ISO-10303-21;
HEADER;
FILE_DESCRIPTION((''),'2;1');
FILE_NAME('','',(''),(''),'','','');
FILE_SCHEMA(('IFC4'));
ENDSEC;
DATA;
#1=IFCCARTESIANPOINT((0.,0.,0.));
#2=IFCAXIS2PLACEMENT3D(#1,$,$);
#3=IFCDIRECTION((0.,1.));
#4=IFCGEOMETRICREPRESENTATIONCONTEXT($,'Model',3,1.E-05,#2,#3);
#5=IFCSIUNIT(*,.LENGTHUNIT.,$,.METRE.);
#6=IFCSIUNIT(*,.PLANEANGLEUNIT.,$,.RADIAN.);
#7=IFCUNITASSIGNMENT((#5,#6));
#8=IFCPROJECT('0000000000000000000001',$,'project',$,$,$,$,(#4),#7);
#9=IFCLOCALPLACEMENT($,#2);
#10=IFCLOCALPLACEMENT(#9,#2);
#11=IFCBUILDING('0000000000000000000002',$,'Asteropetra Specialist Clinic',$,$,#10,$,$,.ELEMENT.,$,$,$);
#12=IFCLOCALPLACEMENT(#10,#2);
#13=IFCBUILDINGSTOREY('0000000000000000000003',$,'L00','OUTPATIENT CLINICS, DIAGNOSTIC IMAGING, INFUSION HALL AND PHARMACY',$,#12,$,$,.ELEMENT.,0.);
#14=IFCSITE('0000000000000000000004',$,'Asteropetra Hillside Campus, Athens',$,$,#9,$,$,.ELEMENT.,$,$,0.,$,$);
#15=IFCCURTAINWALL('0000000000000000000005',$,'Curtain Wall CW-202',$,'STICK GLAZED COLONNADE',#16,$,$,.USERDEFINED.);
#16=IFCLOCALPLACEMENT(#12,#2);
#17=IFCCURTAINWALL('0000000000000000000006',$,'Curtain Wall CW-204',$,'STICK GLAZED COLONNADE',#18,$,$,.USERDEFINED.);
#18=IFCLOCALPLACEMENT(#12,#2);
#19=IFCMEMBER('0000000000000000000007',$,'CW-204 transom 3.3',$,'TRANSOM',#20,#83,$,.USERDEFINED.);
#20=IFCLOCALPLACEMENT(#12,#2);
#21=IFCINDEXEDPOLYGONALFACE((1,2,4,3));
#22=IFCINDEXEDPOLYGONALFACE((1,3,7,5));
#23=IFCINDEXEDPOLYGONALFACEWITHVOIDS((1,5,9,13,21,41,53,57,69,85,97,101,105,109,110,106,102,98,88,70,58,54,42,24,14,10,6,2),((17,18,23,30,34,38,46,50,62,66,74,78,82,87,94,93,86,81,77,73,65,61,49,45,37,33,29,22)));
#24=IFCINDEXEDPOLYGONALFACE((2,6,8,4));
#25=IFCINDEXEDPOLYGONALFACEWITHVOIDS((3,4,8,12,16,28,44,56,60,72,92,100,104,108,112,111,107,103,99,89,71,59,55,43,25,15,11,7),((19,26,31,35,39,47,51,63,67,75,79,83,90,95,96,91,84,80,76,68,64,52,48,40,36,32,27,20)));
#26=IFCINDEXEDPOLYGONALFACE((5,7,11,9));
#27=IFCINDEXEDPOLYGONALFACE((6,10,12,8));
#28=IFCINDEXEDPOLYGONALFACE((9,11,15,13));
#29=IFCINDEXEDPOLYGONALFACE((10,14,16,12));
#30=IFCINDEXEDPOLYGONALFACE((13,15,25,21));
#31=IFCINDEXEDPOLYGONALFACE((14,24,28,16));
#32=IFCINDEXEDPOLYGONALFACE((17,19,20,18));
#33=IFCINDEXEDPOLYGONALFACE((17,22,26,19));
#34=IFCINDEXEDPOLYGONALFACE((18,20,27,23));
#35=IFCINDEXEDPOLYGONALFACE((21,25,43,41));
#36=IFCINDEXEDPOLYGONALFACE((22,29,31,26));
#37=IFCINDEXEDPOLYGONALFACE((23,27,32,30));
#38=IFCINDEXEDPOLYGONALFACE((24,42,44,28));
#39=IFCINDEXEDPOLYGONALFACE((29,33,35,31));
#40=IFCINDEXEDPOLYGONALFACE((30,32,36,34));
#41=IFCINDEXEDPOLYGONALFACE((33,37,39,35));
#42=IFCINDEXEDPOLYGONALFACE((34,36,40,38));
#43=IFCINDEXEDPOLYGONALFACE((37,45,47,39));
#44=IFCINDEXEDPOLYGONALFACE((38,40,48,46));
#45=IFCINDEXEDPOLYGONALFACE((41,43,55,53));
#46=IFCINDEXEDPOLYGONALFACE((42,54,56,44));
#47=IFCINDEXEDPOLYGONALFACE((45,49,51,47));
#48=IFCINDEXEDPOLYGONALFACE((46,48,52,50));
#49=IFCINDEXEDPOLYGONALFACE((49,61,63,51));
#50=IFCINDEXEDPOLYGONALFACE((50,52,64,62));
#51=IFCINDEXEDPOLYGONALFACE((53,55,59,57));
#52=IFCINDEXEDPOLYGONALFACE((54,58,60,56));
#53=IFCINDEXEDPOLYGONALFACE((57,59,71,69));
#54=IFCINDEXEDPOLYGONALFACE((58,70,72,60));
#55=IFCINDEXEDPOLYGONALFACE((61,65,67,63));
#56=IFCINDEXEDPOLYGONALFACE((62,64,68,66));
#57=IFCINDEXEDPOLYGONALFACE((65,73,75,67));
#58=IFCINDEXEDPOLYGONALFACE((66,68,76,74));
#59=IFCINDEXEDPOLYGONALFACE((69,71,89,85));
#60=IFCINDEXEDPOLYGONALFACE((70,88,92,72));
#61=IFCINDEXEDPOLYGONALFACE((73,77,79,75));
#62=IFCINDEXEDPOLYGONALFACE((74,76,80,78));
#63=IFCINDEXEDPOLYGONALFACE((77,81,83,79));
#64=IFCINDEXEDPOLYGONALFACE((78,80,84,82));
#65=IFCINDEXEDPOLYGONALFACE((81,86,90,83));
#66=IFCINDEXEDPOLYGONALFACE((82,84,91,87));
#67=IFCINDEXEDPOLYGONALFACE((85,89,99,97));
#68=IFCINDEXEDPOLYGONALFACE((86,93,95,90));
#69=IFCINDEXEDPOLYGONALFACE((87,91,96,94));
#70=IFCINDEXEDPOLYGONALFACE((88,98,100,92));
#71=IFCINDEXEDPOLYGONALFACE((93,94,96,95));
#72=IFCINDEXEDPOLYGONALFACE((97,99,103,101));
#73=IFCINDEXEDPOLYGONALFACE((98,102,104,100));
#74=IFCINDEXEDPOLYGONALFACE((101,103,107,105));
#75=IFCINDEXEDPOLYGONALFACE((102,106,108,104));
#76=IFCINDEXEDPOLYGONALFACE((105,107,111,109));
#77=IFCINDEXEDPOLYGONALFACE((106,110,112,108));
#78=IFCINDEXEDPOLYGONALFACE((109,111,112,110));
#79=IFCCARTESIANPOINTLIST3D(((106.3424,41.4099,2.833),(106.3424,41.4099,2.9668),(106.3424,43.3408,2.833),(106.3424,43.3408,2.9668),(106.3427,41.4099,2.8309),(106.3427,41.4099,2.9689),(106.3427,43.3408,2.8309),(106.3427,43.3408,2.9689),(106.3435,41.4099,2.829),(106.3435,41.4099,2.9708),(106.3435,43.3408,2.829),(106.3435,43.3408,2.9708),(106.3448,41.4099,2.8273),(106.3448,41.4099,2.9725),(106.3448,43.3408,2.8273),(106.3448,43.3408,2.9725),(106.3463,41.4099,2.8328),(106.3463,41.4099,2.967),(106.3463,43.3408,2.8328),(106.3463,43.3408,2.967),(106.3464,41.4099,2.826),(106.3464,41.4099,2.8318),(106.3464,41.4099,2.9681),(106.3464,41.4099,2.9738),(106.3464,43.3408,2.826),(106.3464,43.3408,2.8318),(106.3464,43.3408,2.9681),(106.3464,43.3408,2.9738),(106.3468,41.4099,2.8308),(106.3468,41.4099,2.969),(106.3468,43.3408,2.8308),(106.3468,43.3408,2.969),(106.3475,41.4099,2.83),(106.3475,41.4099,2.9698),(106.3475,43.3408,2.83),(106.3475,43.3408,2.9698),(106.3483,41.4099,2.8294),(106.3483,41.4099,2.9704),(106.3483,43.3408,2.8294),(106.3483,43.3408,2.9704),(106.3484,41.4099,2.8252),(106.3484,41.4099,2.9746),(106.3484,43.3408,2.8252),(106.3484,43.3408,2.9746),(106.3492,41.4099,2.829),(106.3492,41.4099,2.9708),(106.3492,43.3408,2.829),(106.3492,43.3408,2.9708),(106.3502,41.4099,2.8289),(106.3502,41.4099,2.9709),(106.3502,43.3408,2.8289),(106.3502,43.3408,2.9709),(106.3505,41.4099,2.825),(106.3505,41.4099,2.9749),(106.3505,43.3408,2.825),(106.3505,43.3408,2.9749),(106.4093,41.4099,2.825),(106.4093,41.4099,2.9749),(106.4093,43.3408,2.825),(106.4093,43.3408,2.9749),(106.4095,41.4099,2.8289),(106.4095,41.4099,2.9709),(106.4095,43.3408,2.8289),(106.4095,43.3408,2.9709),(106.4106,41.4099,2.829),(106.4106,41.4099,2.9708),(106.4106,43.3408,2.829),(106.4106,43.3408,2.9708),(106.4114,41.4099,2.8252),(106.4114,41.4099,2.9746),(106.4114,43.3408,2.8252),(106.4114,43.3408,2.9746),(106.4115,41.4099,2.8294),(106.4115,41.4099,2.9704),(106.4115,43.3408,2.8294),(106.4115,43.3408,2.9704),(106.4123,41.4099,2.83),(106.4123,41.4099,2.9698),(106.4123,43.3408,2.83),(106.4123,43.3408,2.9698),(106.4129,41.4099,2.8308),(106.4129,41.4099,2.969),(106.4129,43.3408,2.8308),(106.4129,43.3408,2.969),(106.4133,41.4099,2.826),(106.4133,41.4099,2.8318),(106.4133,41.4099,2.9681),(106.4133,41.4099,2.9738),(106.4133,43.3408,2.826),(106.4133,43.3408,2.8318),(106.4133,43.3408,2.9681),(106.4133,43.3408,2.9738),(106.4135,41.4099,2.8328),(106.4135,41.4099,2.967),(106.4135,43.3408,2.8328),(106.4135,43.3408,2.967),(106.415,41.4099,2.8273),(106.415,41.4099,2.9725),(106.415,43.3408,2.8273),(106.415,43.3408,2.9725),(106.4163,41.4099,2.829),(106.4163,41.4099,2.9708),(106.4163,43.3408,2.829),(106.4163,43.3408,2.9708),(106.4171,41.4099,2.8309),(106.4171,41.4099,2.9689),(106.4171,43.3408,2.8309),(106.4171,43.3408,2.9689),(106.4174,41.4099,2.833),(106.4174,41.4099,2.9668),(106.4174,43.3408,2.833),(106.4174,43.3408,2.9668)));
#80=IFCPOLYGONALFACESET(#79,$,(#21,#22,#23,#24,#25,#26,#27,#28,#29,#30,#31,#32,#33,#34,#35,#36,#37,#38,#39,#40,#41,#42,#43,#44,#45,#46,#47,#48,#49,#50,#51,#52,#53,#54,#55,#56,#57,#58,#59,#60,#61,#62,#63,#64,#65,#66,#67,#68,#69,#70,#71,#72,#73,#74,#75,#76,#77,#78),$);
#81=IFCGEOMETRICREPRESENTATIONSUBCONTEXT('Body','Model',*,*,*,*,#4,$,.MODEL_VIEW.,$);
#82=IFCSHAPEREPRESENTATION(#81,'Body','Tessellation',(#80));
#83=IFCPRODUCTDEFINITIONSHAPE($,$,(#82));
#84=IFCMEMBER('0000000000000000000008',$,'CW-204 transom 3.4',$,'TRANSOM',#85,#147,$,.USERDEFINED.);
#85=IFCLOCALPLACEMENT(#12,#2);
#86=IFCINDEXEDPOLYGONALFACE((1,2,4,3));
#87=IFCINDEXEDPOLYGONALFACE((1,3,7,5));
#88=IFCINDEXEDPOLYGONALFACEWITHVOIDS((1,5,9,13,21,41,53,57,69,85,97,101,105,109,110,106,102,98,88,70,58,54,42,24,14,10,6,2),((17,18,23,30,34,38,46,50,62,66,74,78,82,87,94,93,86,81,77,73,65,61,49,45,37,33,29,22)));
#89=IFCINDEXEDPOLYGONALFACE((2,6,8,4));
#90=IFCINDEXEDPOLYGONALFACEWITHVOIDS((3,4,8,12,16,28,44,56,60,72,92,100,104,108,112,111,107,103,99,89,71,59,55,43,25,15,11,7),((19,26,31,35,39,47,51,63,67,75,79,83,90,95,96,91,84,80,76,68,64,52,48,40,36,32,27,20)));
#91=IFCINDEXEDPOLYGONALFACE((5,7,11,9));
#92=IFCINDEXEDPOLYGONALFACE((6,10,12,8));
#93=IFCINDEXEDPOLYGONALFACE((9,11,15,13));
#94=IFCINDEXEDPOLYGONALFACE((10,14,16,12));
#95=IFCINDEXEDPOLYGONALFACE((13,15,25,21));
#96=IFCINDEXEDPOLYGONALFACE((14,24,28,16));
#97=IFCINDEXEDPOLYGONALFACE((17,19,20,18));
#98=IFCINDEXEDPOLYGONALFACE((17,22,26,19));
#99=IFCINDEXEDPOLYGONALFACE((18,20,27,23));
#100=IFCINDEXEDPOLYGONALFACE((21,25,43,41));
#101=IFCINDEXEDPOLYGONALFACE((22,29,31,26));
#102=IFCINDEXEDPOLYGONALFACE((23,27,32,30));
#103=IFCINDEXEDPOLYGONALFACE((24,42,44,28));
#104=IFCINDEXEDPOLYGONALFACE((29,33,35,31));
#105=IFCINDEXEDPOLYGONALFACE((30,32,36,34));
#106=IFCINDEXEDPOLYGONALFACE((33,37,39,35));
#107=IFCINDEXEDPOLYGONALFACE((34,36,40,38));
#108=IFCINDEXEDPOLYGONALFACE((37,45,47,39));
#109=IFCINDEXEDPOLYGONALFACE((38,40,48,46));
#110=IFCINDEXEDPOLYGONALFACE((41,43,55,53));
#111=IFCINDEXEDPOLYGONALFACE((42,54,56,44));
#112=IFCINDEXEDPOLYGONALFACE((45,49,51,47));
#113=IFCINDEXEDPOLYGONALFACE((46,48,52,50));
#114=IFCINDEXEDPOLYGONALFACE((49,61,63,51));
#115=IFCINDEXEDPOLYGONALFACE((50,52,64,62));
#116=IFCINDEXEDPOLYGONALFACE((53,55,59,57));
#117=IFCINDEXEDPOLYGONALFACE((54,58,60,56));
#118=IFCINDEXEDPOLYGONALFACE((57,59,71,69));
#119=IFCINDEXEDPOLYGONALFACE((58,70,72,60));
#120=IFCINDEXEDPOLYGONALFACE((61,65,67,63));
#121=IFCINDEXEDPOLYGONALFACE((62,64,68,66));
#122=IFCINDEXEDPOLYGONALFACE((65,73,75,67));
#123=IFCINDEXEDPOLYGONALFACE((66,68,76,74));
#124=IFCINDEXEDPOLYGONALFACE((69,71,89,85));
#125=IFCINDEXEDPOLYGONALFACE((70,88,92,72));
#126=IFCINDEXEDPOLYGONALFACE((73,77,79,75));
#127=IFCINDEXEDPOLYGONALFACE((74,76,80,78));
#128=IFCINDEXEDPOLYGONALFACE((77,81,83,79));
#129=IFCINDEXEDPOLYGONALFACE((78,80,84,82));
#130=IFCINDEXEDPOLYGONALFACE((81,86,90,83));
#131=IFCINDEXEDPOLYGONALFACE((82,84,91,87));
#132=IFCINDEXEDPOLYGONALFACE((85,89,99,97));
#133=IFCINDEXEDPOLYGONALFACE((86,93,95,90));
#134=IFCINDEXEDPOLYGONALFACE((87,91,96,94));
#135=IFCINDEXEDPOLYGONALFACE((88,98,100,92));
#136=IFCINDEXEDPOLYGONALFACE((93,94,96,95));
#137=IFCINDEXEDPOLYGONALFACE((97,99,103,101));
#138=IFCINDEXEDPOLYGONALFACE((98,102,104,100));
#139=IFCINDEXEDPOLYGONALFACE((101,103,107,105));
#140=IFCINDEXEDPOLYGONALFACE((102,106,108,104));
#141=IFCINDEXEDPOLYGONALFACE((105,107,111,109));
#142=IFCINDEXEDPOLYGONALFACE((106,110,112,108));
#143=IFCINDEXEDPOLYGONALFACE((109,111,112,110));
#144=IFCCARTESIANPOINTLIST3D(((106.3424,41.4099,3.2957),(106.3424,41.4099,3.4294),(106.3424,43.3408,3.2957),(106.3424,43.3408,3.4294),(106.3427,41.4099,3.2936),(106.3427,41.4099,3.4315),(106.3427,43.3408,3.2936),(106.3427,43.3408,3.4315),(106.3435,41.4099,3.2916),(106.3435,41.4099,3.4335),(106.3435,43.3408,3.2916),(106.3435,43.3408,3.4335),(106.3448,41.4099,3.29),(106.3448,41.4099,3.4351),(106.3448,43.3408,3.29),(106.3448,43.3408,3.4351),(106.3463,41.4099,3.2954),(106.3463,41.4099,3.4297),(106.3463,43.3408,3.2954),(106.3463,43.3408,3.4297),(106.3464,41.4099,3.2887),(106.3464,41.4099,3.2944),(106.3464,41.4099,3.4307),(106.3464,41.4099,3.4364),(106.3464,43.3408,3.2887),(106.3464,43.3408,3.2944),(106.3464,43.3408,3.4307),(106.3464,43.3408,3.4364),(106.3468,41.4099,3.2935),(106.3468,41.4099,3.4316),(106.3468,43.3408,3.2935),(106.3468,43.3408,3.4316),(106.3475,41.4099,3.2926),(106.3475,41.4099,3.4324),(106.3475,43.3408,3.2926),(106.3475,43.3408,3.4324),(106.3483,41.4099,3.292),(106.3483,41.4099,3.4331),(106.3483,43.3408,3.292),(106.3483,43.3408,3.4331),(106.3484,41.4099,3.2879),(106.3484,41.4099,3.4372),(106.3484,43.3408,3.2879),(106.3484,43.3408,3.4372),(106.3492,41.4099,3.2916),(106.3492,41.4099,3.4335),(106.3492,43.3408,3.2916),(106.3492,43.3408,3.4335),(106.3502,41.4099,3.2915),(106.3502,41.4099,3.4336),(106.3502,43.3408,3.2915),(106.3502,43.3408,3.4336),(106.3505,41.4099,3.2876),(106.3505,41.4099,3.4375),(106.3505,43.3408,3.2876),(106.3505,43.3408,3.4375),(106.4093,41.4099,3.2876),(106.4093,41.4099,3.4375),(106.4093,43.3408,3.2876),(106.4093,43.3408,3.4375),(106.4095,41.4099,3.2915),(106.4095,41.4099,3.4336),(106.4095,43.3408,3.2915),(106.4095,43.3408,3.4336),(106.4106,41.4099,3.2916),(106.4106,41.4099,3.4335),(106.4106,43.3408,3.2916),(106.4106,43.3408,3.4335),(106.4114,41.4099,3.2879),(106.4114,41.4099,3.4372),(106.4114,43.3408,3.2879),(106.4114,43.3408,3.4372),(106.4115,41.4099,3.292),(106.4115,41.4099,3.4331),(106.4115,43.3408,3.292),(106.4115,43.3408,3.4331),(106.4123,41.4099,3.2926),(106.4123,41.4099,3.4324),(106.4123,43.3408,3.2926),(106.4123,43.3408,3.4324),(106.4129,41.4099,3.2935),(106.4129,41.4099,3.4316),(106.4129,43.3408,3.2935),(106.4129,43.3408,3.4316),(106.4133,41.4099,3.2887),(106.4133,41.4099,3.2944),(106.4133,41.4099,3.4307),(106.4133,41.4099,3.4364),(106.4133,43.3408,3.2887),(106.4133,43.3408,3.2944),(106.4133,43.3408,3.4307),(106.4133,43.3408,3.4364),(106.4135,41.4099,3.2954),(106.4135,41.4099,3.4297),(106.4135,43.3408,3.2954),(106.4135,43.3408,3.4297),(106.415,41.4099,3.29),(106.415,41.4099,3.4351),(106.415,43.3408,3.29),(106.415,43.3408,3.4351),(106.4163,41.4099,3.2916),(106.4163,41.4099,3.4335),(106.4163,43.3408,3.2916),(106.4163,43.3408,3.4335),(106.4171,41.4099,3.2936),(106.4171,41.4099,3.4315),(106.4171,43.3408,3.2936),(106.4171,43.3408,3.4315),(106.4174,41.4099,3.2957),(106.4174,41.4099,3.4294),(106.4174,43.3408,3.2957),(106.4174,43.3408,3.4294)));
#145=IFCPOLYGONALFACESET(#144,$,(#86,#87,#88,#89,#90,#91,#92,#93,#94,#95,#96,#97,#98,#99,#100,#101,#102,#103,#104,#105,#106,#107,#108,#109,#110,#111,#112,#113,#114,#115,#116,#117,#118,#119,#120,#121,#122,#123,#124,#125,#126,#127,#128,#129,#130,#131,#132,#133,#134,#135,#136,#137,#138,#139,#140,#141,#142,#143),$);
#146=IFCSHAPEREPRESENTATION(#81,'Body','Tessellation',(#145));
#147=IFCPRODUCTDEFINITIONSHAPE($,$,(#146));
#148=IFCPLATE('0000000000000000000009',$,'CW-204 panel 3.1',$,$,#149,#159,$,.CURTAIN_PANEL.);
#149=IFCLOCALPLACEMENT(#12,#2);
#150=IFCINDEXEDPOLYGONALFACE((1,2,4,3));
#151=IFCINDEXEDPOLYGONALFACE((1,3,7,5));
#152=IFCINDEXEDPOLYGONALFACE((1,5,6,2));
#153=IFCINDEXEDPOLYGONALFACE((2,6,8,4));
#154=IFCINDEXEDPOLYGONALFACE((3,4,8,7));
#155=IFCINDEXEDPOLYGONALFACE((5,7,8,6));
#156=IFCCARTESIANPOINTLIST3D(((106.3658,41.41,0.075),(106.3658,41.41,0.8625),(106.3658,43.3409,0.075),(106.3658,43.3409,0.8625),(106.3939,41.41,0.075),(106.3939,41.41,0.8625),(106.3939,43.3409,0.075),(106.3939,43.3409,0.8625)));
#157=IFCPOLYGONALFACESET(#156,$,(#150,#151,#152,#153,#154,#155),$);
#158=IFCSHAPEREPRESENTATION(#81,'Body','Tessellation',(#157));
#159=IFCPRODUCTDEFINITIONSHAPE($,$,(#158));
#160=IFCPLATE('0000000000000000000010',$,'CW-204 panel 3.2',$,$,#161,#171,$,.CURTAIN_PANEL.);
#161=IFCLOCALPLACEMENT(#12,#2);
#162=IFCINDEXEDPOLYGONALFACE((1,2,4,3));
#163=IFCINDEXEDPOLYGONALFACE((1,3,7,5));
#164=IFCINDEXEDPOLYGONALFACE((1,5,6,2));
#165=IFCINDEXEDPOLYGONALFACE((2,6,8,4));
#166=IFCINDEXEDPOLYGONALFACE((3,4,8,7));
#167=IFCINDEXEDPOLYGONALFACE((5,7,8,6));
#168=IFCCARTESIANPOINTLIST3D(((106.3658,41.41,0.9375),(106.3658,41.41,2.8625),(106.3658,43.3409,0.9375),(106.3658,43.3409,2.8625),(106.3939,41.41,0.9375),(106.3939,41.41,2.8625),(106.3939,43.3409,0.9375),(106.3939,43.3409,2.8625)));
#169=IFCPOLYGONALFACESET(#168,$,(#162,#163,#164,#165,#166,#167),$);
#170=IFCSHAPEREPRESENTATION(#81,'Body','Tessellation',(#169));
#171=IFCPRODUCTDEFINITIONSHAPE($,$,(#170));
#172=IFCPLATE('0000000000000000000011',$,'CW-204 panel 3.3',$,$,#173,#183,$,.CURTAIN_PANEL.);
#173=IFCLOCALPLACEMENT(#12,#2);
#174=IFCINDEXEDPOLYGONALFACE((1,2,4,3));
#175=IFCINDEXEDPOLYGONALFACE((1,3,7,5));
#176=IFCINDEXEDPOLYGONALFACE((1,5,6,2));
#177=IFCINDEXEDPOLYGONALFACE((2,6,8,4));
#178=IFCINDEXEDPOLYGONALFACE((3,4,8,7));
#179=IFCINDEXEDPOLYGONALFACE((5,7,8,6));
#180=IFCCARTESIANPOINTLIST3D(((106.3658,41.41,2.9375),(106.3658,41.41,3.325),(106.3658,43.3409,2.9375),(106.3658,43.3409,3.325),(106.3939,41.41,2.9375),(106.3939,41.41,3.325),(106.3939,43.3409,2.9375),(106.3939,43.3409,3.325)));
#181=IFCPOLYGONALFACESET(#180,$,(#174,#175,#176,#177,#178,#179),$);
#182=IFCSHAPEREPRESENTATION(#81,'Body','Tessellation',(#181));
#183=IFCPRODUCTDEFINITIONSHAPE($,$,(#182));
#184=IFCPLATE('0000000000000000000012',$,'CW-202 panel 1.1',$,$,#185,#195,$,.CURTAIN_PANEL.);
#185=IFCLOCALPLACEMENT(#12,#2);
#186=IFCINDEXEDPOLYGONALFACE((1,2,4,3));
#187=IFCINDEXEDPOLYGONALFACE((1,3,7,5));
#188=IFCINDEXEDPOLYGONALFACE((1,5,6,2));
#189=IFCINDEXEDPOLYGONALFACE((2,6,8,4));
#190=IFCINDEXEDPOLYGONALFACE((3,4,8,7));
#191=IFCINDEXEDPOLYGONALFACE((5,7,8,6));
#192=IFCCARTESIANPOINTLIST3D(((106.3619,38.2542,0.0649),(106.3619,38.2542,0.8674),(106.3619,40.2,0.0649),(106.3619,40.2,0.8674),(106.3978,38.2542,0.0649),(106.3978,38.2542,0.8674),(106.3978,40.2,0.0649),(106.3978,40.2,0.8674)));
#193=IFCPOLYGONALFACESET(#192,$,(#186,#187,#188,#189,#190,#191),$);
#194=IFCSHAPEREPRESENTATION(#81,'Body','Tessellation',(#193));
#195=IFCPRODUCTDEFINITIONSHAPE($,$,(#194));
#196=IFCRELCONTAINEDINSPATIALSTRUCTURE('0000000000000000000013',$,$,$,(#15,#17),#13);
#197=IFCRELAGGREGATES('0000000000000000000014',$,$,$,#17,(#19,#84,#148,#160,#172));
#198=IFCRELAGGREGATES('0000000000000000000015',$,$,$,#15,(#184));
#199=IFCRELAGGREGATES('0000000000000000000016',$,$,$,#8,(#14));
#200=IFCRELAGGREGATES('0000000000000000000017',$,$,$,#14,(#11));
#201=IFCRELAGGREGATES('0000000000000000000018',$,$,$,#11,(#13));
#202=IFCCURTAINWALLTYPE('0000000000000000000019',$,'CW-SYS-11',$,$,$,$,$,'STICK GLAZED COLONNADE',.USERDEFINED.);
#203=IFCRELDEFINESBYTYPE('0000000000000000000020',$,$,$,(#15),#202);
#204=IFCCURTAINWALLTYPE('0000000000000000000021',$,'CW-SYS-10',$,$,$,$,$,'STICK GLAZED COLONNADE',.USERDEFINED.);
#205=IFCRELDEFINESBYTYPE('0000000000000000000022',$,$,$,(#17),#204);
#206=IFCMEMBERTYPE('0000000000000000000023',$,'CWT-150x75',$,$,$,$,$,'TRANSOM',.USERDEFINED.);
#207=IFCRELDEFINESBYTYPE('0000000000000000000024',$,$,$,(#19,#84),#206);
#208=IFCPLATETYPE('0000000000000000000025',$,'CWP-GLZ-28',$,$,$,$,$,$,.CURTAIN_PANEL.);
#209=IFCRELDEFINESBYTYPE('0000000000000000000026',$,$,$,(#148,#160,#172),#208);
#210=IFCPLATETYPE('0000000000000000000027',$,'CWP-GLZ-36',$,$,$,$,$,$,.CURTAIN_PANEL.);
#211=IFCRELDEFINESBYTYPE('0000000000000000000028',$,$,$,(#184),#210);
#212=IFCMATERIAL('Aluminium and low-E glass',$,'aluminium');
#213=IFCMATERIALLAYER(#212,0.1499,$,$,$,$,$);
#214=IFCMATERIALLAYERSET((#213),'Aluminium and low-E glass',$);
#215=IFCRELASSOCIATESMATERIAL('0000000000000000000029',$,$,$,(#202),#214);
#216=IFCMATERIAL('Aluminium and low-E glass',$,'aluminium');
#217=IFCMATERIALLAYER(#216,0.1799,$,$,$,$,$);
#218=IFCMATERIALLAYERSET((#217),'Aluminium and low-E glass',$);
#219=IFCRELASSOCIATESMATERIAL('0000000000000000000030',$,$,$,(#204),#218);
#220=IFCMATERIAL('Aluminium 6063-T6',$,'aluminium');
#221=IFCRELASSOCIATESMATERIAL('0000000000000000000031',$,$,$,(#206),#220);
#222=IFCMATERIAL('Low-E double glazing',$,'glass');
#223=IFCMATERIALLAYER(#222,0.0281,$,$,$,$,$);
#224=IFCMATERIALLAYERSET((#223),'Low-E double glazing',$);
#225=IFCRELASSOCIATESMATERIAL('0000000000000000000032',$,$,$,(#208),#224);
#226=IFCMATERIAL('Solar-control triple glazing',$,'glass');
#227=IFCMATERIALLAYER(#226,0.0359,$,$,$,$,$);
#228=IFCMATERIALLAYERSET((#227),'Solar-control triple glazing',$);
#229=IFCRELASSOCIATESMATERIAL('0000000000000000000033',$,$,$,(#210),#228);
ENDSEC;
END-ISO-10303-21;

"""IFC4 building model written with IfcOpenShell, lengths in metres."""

from ifc_helpers import new_model, si_unit, direction, frame, origin, origin_2d, place, context, subcontext, project, spatial, rectangle, hollow_rectangle, extrude, material, layer, layer_set, material_profile, profile_set, type_object, element, aggregate, save


model = new_model("IFC4")

# Units and contexts
model_context = context("Model", 3, precision=1e-05, world=origin(), true_north=direction((0.0, 1.0)))
body_context = subcontext(model_context, "Body", "Model", "MODEL_VIEW")
ifc_project = project(units=[si_unit("LENGTHUNIT", "METRE"), si_unit("PLANEANGLEUNIT", "RADIAN")], contexts=[model_context])

# Site, building, storey
site_placement = place(None, origin())
site = spatial("IfcSite", under=ifc_project, at=site_placement, Name="Asteropetra Hillside Campus, Athens", CompositionType="ELEMENT", RefElevation=0.0)
building_placement = place(site_placement, origin())
building = spatial("IfcBuilding", under=site, at=building_placement, Name="Asteropetra Specialist Clinic", CompositionType="ELEMENT")
storey_placement = place(building_placement, origin())
storey = spatial("IfcBuildingStorey", under=building, at=storey_placement, Name="L00", Description="OUTPATIENT CLINICS, DIAGNOSTIC IMAGING, INFUSION HALL AND PHARMACY", CompositionType="ELEMENT", Elevation=0.0)

# Curtain wall
ifc_material_1 = material(Name="Aluminium and low-E glass", Category="aluminium")
ifc_layer_1 = layer(ifc_material_1, 0.1499)
ifc_layer_set_1 = layer_set([ifc_layer_1], Name="Aluminium and low-E glass")
curtain_wall_type_1 = type_object("IfcCurtainWallType", Name="CW-SYS-11", ElementType="STICK GLAZED COLONNADE", PredefinedType="USERDEFINED", material=ifc_layer_set_1)
curtain_wall_1_placement = place(storey_placement, origin())
curtain_wall_1 = element("IfcCurtainWall", 1, at=curtain_wall_1_placement, inside=storey, type_object=curtain_wall_type_1, Name="Curtain Wall CW-202", ObjectType="STICK GLAZED COLONNADE", PredefinedType="USERDEFINED")

# Curtain wall
ifc_material_2 = material(Name="Aluminium and low-E glass", Category="aluminium")
ifc_layer_2 = layer(ifc_material_2, 0.1799)
ifc_layer_set_2 = layer_set([ifc_layer_2], Name="Aluminium and low-E glass")
curtain_wall_type_2 = type_object("IfcCurtainWallType", Name="CW-SYS-10", ElementType="STICK GLAZED COLONNADE", PredefinedType="USERDEFINED", material=ifc_layer_set_2)
curtain_wall_2_placement = place(storey_placement, origin())
curtain_wall_2 = element("IfcCurtainWall", 2, at=curtain_wall_2_placement, inside=storey, type_object=curtain_wall_type_2, Name="Curtain Wall CW-204", ObjectType="STICK GLAZED COLONNADE", PredefinedType="USERDEFINED")

# Members
ifc_material_3 = material(Name="Aluminium 6063-T6", Category="aluminium")
ifc_material_profile_1 = material_profile(ifc_material_3, hollow_rectangle(XDim=0.075, YDim=0.1499, WallThickness=0.0039, InnerFilletRadius=0.0039, OuterFilletRadius=0.0081, at=origin_2d()), Name="TRN 150x75x4.0")
ifc_profile_set_1 = profile_set([ifc_material_profile_1], Name="Aluminium 6063-T6")
member_type_1 = type_object("IfcMemberType", Name="CWT-150x75", ElementType="TRANSOM", PredefinedType="USERDEFINED", material=ifc_profile_set_1)
member_1_placement = place(storey_placement, frame((106.3799, 43.3408, 2.8999), z_axis=(0.0, -1.0, 0.0), x_axis=(1.0, 0.0, 0.0)))
member_1 = element("IfcMember", 3, at=member_1_placement, type_object=member_type_1, Name="CW-204 transom 3.3", ObjectType="TRANSOM", PredefinedType="USERDEFINED", context=body_context, shape_type="SweptSolid", body=[
    extrude(hollow_rectangle(XDim=0.075, YDim=0.1499, WallThickness=0.0039, InnerFilletRadius=0.0039, OuterFilletRadius=0.0081, at=origin_2d()), origin(), (0.0, 0.0, 1.0), 1.9309),
])
member_2_placement = place(storey_placement, frame((106.3799, 43.3408, 3.3625), z_axis=(0.0, -1.0, 0.0), x_axis=(1.0, 0.0, 0.0)))
member_2 = element("IfcMember", 4, at=member_2_placement, type_object=member_type_1, Name="CW-204 transom 3.4", ObjectType="TRANSOM", PredefinedType="USERDEFINED", context=body_context, shape_type="SweptSolid", body=[
    extrude(hollow_rectangle(XDim=0.075, YDim=0.1499, WallThickness=0.0039, InnerFilletRadius=0.0039, OuterFilletRadius=0.0081, at=origin_2d()), origin(), (0.0, 0.0, 1.0), 1.9309),
])

# Plates
ifc_material_4 = material(Name="Low-E double glazing", Category="glass")
ifc_layer_3 = layer(ifc_material_4, 0.0281)
ifc_layer_set_3 = layer_set([ifc_layer_3], Name="Low-E double glazing")
plate_type_1 = type_object("IfcPlateType", Name="CWP-GLZ-28", PredefinedType="CURTAIN_PANEL", material=ifc_layer_set_3)
plate_1_placement = place(storey_placement, frame((106.3799, 42.3755, 0.075), z_axis=(0.0, 0.0, 1.0), x_axis=(0.0, -1.0, 0.0)))
plate_1 = element("IfcPlate", 5, at=plate_1_placement, type_object=plate_type_1, Name="CW-204 panel 3.1", PredefinedType="CURTAIN_PANEL", context=body_context, shape_type="SweptSolid", body=[
    extrude(rectangle(XDim=1.9309, YDim=0.0281, at=origin_2d()), origin(), (0.0, 0.0, 1.0), 0.7876),
])
plate_2_placement = place(storey_placement, frame((106.3799, 42.3755, 0.9375), z_axis=(0.0, 0.0, 1.0), x_axis=(0.0, -1.0, 0.0)))
plate_2 = element("IfcPlate", 6, at=plate_2_placement, type_object=plate_type_1, Name="CW-204 panel 3.2", PredefinedType="CURTAIN_PANEL", context=body_context, shape_type="SweptSolid", body=[
    extrude(rectangle(XDim=1.9309, YDim=0.0281, at=origin_2d()), origin(), (0.0, 0.0, 1.0), 1.925),
])
plate_3_placement = place(storey_placement, frame((106.3799, 42.3755, 2.9375), z_axis=(0.0, 0.0, 1.0), x_axis=(0.0, -1.0, 0.0)))
plate_3 = element("IfcPlate", 7, at=plate_3_placement, type_object=plate_type_1, Name="CW-204 panel 3.3", PredefinedType="CURTAIN_PANEL", context=body_context, shape_type="SweptSolid", body=[
    extrude(rectangle(XDim=1.9309, YDim=0.0281, at=origin_2d()), origin(), (0.0, 0.0, 1.0), 0.3875),
])
aggregate(curtain_wall_2, [member_1, member_2, plate_1, plate_2, plate_3])
ifc_material_5 = material(Name="Solar-control triple glazing", Category="glass")
ifc_layer_4 = layer(ifc_material_5, 0.0359)
ifc_layer_set_4 = layer_set([ifc_layer_4], Name="Solar-control triple glazing")
plate_type_2 = type_object("IfcPlateType", Name="CWP-GLZ-36", PredefinedType="CURTAIN_PANEL", material=ifc_layer_set_4)
plate_4_placement = place(storey_placement, frame((106.3799, 39.2271, 0.0649), z_axis=(0.0, 0.0, 1.0), x_axis=(0.0, -1.0, 0.0)))
plate_4 = element("IfcPlate", 8, at=plate_4_placement, type_object=plate_type_2, Name="CW-202 panel 1.1", PredefinedType="CURTAIN_PANEL", context=body_context, shape_type="SweptSolid", body=[
    extrude(rectangle(XDim=1.9458, YDim=0.0359, at=origin_2d()), origin(), (0.0, 0.0, 1.0), 0.8025),
])
aggregate(curtain_wall_1, [plate_4])

save(model, "model.ifc")
